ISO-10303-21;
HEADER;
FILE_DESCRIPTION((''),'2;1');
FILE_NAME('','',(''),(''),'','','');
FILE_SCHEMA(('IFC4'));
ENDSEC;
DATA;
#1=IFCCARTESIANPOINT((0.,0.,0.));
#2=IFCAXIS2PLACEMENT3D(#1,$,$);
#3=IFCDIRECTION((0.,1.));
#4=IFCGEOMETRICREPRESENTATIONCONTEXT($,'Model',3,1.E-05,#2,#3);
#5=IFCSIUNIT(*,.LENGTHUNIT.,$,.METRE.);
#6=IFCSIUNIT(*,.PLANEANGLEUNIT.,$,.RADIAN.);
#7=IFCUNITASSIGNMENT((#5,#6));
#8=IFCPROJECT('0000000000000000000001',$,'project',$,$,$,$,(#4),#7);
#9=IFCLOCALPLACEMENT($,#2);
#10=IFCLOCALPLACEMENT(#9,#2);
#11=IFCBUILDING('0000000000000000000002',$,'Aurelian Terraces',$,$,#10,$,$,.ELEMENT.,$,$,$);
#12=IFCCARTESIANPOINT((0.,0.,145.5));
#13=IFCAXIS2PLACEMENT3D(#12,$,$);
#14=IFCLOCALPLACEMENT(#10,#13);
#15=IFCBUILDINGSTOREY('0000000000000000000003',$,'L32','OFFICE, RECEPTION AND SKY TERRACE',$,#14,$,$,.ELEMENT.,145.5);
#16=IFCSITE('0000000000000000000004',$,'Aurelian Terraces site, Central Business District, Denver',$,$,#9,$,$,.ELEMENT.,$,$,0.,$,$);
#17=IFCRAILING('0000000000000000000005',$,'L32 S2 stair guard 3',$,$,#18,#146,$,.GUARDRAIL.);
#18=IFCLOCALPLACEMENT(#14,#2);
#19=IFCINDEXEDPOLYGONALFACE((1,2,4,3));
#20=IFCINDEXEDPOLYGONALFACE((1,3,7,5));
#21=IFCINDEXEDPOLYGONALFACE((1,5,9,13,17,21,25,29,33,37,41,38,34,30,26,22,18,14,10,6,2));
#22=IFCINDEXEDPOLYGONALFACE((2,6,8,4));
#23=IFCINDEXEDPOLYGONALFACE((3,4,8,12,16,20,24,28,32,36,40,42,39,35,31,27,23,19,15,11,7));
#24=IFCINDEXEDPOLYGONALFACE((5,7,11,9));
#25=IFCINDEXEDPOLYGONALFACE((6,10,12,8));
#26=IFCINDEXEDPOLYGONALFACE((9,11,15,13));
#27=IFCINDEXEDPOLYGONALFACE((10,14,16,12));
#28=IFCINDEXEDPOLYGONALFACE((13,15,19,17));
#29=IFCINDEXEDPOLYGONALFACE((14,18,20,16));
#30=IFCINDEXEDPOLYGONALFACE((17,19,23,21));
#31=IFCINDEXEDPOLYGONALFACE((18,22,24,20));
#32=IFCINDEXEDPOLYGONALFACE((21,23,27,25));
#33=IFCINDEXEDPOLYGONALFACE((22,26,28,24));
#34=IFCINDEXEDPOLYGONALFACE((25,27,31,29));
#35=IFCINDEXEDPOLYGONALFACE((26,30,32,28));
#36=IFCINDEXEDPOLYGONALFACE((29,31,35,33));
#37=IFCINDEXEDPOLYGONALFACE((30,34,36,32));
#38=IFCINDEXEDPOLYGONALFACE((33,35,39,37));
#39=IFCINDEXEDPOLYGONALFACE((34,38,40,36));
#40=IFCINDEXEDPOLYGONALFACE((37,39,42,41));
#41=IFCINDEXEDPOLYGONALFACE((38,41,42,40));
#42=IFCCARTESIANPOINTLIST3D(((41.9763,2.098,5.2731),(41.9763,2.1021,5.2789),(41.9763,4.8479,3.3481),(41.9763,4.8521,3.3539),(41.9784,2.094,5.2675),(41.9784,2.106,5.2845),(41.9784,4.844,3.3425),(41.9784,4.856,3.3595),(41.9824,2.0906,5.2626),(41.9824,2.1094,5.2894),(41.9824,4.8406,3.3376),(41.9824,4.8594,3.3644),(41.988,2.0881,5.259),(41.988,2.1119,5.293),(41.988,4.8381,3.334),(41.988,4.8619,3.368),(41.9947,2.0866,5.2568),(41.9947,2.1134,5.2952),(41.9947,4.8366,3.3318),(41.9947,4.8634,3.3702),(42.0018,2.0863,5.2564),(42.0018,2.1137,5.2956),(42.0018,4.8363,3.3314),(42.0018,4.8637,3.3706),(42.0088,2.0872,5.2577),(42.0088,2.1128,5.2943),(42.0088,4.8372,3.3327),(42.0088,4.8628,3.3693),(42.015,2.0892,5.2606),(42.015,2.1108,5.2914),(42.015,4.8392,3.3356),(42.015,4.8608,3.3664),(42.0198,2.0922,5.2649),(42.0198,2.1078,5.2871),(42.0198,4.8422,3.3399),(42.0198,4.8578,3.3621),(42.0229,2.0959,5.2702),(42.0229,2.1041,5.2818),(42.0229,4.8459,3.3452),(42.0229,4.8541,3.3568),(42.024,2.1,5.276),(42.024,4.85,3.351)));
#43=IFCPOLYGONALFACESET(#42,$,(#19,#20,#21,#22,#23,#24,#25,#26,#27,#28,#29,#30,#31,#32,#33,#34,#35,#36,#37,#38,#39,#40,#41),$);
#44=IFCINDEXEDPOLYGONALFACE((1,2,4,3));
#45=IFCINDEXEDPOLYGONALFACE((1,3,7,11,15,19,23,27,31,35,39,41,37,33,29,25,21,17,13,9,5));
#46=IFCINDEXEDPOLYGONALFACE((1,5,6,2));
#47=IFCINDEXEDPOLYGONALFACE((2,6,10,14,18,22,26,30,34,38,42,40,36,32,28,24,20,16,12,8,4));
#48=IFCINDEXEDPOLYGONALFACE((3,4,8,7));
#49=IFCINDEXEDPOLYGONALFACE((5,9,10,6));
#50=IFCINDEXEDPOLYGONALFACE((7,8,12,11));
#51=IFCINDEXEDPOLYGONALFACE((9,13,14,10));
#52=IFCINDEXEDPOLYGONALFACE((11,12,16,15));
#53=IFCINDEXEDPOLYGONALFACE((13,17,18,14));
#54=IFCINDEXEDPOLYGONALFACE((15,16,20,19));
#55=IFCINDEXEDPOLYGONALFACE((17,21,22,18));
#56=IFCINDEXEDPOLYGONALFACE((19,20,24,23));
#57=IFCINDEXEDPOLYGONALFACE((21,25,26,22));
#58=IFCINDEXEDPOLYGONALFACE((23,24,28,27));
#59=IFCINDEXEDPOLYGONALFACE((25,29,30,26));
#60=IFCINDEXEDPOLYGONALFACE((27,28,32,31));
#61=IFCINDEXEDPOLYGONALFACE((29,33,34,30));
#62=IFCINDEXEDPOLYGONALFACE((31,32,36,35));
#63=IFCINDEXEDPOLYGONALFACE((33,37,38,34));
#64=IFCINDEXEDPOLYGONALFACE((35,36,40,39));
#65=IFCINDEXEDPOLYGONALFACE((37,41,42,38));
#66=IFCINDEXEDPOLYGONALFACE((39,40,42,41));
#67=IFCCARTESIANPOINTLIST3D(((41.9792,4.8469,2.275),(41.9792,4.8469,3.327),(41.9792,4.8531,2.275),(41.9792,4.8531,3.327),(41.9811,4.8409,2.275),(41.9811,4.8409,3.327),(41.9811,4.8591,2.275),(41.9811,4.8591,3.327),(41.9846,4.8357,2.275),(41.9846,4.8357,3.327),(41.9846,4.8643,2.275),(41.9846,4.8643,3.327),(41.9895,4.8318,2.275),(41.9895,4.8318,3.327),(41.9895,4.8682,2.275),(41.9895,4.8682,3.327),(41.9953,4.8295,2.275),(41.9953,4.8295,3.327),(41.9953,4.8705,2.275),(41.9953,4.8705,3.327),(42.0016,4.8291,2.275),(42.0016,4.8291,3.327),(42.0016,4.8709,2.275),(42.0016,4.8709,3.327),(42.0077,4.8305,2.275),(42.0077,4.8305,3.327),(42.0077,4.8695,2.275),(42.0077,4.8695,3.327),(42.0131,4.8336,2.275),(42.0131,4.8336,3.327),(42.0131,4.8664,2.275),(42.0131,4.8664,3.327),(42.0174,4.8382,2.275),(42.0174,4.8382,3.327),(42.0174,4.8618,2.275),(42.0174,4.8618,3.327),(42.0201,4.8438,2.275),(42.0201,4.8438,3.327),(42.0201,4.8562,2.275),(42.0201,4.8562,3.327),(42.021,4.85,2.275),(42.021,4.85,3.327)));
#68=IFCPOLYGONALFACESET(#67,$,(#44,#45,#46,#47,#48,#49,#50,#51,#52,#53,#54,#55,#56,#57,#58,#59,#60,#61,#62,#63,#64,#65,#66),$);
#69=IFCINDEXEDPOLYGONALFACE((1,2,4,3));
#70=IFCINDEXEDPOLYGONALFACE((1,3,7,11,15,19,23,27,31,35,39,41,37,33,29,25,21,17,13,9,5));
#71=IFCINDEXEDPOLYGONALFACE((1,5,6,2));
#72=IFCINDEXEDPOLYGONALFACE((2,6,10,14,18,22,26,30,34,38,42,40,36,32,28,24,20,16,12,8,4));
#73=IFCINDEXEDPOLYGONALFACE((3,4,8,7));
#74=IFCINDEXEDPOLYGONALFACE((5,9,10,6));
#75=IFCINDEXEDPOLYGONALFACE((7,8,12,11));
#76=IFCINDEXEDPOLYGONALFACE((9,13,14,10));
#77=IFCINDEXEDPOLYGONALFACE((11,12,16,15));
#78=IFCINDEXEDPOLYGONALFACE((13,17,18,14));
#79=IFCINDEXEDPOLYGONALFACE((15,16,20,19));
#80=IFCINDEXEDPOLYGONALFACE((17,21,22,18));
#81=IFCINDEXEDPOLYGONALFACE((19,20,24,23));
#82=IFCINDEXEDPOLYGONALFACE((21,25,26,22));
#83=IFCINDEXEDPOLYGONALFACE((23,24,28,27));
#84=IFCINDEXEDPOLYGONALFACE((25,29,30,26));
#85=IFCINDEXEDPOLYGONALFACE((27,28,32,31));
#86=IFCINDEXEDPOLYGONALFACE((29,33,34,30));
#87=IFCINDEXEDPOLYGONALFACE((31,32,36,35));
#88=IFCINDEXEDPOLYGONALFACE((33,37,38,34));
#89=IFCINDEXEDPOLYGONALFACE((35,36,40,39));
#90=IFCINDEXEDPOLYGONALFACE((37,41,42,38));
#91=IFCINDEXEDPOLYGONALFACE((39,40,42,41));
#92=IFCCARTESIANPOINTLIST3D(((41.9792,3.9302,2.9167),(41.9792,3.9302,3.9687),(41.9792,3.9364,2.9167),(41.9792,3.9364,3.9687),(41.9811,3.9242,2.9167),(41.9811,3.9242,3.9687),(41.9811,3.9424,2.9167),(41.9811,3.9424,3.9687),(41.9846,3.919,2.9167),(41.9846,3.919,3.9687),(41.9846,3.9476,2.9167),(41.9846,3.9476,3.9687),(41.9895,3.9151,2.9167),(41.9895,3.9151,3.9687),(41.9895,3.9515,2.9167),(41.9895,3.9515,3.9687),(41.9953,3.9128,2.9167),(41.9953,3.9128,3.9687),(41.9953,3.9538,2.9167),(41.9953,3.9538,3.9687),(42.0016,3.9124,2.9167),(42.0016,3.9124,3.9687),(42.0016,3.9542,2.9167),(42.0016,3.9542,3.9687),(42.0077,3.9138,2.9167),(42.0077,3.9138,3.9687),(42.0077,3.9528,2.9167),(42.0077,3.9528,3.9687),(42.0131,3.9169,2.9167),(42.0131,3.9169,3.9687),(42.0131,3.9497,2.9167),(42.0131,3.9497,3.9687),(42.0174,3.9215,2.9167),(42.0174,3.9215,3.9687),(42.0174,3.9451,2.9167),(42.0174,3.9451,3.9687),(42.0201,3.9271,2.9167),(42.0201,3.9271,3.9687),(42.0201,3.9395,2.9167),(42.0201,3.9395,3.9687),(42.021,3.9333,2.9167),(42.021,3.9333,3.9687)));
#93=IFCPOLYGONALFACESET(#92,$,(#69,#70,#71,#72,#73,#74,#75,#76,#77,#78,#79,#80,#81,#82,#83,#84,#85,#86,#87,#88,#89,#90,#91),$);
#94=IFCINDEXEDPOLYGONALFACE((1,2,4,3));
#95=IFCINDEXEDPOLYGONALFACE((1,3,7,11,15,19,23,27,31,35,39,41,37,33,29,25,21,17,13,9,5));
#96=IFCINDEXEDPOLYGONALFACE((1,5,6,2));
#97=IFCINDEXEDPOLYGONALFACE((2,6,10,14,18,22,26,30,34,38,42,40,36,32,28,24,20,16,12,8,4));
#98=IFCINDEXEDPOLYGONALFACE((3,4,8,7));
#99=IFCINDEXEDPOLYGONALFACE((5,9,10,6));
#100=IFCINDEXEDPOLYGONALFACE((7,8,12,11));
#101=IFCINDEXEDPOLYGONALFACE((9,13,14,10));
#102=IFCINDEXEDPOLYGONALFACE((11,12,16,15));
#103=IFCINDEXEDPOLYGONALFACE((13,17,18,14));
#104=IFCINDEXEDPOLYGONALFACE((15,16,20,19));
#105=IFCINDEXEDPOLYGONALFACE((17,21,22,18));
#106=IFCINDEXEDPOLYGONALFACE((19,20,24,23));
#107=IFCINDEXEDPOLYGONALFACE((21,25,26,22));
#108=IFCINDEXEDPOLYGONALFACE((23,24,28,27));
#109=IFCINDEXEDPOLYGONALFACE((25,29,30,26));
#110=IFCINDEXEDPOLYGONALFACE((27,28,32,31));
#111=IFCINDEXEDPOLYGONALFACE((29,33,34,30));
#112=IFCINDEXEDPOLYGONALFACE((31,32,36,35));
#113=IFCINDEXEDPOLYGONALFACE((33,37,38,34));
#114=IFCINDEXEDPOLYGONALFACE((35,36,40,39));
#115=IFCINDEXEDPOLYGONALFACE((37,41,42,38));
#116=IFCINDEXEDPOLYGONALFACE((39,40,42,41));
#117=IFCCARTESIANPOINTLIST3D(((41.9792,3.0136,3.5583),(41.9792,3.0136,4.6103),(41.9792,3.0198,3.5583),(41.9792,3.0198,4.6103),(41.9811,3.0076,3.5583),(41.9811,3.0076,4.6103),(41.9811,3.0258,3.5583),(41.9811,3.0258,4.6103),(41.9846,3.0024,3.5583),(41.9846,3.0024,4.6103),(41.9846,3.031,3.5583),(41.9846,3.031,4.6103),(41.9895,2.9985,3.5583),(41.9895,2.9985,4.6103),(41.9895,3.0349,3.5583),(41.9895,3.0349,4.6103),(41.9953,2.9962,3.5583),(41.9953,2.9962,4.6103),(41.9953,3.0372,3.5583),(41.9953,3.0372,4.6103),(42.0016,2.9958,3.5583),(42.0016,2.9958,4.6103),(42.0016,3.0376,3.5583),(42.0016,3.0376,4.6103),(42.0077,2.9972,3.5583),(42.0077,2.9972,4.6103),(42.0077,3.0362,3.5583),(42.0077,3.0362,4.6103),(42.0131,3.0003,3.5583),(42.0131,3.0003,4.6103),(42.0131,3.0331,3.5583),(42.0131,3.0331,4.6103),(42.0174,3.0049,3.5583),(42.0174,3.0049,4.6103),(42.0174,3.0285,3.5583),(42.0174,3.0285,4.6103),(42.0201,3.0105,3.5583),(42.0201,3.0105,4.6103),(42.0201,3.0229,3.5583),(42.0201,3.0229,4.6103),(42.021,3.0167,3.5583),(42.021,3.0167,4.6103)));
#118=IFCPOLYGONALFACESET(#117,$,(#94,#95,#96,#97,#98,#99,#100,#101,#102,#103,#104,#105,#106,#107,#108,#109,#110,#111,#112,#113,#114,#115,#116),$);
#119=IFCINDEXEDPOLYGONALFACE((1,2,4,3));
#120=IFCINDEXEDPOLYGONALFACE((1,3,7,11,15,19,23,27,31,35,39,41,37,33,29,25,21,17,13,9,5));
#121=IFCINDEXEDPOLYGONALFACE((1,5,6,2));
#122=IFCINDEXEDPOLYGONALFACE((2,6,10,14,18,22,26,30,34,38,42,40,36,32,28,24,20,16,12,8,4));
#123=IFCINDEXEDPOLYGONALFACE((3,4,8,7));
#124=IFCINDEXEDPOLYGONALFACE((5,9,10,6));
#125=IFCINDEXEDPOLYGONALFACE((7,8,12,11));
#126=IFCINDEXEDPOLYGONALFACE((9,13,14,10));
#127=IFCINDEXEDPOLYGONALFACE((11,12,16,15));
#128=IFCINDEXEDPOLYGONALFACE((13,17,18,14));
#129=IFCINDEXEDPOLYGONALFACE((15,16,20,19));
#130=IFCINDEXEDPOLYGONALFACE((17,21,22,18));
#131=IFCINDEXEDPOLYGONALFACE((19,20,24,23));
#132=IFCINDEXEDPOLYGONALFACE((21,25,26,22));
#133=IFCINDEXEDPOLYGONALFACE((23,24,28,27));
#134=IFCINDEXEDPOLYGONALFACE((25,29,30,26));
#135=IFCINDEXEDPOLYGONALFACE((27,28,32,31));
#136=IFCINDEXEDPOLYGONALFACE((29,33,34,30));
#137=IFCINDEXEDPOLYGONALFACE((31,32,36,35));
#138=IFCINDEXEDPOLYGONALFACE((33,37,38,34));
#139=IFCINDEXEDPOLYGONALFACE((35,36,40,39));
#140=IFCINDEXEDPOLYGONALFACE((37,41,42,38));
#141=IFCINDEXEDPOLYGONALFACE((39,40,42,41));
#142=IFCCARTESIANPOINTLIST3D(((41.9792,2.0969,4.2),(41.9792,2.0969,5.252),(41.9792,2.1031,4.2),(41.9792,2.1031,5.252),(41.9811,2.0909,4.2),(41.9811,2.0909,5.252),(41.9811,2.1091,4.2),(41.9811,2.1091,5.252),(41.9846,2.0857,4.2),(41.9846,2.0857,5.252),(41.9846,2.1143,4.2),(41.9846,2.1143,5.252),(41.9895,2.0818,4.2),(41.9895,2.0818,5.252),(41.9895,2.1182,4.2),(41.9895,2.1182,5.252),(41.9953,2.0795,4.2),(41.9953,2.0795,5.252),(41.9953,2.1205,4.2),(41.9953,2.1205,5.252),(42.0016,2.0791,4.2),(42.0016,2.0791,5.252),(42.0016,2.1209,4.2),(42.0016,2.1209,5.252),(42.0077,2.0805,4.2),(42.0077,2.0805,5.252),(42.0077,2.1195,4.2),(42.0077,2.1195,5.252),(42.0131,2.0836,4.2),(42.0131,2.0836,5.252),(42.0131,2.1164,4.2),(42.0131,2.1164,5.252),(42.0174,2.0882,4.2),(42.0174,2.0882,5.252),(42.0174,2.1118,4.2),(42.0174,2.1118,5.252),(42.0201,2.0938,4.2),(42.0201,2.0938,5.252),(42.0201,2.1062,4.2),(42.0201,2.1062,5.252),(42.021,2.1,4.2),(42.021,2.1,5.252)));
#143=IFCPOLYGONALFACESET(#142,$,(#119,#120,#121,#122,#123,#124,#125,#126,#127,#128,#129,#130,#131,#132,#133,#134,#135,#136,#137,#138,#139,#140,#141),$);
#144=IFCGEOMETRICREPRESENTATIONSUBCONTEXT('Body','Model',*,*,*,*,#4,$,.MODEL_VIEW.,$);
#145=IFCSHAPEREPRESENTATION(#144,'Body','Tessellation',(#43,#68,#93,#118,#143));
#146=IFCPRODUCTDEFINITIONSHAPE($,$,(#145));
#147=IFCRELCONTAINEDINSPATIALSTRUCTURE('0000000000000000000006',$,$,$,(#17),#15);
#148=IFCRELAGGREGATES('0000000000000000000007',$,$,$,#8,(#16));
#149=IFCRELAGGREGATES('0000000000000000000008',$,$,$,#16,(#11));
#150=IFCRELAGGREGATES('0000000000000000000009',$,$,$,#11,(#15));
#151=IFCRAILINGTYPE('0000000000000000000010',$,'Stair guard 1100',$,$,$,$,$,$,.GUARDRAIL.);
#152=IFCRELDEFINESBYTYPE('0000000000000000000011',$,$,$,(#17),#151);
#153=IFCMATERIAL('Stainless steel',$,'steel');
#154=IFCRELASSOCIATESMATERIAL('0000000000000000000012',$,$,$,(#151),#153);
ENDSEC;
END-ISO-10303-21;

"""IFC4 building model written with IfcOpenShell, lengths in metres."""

from ifc_helpers import new_model, si_unit, direction, frame, origin, origin_2d, place, context, subcontext, project, spatial, circle, extrude, source, transform, mapped, material, type_object, element, save


model = new_model("IFC4")

# Units and contexts
model_context = context("Model", 3, precision=1e-05, world=origin(), true_north=direction((0.0, 1.0)))
body_context = subcontext(model_context, "Body", "Model", "MODEL_VIEW")
ifc_project = project(units=[si_unit("LENGTHUNIT", "METRE"), si_unit("PLANEANGLEUNIT", "RADIAN")], contexts=[model_context])

# Site, building, storey
site_placement = place(None, origin())
site = spatial("IfcSite", under=ifc_project, at=site_placement, Name="Aurelian Terraces site, Central Business District, Denver", CompositionType="ELEMENT", RefElevation=0.0)
building_placement = place(site_placement, origin())
building = spatial("IfcBuilding", under=site, at=building_placement, Name="Aurelian Terraces", CompositionType="ELEMENT")
storey_placement = place(building_placement, frame((0.0, 0.0, 145.5)))
storey = spatial("IfcBuildingStorey", under=building, at=storey_placement, Name="L32", Description="OFFICE, RECEPTION AND SKY TERRACE", CompositionType="ELEMENT", Elevation=145.5)

# Railing
ifc_material_1 = material(Name="Stainless steel", Category="steel")
railing_type_1 = type_object("IfcRailingType", Name="Stair guard 1100", PredefinedType="GUARDRAIL", material=ifc_material_1)
shared_shape_1 = source(origin(), body_context, "Body", "SweptSolid", [
    extrude(circle(Radius=0.024, at=origin_2d()), frame((0.0, 0.0, 1.076), z_axis=(0.0, -0.819232, 0.573462), x_axis=(1.0, 0.0, 0.0)), (0.0, 0.0, 1.0), 3.3568),
    extrude(circle(Radius=0.021, at=origin_2d()), origin(), (0.0, 0.0, 1.0), 1.052),
    extrude(circle(Radius=0.021, at=origin_2d()), frame((0.0, -0.9167, 0.6417)), (0.0, 0.0, 1.0), 1.052),
    extrude(circle(Radius=0.021, at=origin_2d()), frame((0.0, -1.8333, 1.2833)), (0.0, 0.0, 1.0), 1.052),
    extrude(circle(Radius=0.021, at=origin_2d()), frame((0.0, -2.75, 1.925)), (0.0, 0.0, 1.0), 1.052),
])
railing_1_placement = place(storey_placement, frame((42.0, 4.85, 2.275)))
element("IfcRailing", 1, at=railing_1_placement, inside=storey, type_object=railing_type_1, Name="L32 S2 stair guard 3", PredefinedType="GUARDRAIL", context=body_context, shape_type="MappedRepresentation", body=[
    mapped(shared_shape_1, transform((0.0, 0.0, 0.0), scale=1.0)),
])

save(model, "model.ifc")
